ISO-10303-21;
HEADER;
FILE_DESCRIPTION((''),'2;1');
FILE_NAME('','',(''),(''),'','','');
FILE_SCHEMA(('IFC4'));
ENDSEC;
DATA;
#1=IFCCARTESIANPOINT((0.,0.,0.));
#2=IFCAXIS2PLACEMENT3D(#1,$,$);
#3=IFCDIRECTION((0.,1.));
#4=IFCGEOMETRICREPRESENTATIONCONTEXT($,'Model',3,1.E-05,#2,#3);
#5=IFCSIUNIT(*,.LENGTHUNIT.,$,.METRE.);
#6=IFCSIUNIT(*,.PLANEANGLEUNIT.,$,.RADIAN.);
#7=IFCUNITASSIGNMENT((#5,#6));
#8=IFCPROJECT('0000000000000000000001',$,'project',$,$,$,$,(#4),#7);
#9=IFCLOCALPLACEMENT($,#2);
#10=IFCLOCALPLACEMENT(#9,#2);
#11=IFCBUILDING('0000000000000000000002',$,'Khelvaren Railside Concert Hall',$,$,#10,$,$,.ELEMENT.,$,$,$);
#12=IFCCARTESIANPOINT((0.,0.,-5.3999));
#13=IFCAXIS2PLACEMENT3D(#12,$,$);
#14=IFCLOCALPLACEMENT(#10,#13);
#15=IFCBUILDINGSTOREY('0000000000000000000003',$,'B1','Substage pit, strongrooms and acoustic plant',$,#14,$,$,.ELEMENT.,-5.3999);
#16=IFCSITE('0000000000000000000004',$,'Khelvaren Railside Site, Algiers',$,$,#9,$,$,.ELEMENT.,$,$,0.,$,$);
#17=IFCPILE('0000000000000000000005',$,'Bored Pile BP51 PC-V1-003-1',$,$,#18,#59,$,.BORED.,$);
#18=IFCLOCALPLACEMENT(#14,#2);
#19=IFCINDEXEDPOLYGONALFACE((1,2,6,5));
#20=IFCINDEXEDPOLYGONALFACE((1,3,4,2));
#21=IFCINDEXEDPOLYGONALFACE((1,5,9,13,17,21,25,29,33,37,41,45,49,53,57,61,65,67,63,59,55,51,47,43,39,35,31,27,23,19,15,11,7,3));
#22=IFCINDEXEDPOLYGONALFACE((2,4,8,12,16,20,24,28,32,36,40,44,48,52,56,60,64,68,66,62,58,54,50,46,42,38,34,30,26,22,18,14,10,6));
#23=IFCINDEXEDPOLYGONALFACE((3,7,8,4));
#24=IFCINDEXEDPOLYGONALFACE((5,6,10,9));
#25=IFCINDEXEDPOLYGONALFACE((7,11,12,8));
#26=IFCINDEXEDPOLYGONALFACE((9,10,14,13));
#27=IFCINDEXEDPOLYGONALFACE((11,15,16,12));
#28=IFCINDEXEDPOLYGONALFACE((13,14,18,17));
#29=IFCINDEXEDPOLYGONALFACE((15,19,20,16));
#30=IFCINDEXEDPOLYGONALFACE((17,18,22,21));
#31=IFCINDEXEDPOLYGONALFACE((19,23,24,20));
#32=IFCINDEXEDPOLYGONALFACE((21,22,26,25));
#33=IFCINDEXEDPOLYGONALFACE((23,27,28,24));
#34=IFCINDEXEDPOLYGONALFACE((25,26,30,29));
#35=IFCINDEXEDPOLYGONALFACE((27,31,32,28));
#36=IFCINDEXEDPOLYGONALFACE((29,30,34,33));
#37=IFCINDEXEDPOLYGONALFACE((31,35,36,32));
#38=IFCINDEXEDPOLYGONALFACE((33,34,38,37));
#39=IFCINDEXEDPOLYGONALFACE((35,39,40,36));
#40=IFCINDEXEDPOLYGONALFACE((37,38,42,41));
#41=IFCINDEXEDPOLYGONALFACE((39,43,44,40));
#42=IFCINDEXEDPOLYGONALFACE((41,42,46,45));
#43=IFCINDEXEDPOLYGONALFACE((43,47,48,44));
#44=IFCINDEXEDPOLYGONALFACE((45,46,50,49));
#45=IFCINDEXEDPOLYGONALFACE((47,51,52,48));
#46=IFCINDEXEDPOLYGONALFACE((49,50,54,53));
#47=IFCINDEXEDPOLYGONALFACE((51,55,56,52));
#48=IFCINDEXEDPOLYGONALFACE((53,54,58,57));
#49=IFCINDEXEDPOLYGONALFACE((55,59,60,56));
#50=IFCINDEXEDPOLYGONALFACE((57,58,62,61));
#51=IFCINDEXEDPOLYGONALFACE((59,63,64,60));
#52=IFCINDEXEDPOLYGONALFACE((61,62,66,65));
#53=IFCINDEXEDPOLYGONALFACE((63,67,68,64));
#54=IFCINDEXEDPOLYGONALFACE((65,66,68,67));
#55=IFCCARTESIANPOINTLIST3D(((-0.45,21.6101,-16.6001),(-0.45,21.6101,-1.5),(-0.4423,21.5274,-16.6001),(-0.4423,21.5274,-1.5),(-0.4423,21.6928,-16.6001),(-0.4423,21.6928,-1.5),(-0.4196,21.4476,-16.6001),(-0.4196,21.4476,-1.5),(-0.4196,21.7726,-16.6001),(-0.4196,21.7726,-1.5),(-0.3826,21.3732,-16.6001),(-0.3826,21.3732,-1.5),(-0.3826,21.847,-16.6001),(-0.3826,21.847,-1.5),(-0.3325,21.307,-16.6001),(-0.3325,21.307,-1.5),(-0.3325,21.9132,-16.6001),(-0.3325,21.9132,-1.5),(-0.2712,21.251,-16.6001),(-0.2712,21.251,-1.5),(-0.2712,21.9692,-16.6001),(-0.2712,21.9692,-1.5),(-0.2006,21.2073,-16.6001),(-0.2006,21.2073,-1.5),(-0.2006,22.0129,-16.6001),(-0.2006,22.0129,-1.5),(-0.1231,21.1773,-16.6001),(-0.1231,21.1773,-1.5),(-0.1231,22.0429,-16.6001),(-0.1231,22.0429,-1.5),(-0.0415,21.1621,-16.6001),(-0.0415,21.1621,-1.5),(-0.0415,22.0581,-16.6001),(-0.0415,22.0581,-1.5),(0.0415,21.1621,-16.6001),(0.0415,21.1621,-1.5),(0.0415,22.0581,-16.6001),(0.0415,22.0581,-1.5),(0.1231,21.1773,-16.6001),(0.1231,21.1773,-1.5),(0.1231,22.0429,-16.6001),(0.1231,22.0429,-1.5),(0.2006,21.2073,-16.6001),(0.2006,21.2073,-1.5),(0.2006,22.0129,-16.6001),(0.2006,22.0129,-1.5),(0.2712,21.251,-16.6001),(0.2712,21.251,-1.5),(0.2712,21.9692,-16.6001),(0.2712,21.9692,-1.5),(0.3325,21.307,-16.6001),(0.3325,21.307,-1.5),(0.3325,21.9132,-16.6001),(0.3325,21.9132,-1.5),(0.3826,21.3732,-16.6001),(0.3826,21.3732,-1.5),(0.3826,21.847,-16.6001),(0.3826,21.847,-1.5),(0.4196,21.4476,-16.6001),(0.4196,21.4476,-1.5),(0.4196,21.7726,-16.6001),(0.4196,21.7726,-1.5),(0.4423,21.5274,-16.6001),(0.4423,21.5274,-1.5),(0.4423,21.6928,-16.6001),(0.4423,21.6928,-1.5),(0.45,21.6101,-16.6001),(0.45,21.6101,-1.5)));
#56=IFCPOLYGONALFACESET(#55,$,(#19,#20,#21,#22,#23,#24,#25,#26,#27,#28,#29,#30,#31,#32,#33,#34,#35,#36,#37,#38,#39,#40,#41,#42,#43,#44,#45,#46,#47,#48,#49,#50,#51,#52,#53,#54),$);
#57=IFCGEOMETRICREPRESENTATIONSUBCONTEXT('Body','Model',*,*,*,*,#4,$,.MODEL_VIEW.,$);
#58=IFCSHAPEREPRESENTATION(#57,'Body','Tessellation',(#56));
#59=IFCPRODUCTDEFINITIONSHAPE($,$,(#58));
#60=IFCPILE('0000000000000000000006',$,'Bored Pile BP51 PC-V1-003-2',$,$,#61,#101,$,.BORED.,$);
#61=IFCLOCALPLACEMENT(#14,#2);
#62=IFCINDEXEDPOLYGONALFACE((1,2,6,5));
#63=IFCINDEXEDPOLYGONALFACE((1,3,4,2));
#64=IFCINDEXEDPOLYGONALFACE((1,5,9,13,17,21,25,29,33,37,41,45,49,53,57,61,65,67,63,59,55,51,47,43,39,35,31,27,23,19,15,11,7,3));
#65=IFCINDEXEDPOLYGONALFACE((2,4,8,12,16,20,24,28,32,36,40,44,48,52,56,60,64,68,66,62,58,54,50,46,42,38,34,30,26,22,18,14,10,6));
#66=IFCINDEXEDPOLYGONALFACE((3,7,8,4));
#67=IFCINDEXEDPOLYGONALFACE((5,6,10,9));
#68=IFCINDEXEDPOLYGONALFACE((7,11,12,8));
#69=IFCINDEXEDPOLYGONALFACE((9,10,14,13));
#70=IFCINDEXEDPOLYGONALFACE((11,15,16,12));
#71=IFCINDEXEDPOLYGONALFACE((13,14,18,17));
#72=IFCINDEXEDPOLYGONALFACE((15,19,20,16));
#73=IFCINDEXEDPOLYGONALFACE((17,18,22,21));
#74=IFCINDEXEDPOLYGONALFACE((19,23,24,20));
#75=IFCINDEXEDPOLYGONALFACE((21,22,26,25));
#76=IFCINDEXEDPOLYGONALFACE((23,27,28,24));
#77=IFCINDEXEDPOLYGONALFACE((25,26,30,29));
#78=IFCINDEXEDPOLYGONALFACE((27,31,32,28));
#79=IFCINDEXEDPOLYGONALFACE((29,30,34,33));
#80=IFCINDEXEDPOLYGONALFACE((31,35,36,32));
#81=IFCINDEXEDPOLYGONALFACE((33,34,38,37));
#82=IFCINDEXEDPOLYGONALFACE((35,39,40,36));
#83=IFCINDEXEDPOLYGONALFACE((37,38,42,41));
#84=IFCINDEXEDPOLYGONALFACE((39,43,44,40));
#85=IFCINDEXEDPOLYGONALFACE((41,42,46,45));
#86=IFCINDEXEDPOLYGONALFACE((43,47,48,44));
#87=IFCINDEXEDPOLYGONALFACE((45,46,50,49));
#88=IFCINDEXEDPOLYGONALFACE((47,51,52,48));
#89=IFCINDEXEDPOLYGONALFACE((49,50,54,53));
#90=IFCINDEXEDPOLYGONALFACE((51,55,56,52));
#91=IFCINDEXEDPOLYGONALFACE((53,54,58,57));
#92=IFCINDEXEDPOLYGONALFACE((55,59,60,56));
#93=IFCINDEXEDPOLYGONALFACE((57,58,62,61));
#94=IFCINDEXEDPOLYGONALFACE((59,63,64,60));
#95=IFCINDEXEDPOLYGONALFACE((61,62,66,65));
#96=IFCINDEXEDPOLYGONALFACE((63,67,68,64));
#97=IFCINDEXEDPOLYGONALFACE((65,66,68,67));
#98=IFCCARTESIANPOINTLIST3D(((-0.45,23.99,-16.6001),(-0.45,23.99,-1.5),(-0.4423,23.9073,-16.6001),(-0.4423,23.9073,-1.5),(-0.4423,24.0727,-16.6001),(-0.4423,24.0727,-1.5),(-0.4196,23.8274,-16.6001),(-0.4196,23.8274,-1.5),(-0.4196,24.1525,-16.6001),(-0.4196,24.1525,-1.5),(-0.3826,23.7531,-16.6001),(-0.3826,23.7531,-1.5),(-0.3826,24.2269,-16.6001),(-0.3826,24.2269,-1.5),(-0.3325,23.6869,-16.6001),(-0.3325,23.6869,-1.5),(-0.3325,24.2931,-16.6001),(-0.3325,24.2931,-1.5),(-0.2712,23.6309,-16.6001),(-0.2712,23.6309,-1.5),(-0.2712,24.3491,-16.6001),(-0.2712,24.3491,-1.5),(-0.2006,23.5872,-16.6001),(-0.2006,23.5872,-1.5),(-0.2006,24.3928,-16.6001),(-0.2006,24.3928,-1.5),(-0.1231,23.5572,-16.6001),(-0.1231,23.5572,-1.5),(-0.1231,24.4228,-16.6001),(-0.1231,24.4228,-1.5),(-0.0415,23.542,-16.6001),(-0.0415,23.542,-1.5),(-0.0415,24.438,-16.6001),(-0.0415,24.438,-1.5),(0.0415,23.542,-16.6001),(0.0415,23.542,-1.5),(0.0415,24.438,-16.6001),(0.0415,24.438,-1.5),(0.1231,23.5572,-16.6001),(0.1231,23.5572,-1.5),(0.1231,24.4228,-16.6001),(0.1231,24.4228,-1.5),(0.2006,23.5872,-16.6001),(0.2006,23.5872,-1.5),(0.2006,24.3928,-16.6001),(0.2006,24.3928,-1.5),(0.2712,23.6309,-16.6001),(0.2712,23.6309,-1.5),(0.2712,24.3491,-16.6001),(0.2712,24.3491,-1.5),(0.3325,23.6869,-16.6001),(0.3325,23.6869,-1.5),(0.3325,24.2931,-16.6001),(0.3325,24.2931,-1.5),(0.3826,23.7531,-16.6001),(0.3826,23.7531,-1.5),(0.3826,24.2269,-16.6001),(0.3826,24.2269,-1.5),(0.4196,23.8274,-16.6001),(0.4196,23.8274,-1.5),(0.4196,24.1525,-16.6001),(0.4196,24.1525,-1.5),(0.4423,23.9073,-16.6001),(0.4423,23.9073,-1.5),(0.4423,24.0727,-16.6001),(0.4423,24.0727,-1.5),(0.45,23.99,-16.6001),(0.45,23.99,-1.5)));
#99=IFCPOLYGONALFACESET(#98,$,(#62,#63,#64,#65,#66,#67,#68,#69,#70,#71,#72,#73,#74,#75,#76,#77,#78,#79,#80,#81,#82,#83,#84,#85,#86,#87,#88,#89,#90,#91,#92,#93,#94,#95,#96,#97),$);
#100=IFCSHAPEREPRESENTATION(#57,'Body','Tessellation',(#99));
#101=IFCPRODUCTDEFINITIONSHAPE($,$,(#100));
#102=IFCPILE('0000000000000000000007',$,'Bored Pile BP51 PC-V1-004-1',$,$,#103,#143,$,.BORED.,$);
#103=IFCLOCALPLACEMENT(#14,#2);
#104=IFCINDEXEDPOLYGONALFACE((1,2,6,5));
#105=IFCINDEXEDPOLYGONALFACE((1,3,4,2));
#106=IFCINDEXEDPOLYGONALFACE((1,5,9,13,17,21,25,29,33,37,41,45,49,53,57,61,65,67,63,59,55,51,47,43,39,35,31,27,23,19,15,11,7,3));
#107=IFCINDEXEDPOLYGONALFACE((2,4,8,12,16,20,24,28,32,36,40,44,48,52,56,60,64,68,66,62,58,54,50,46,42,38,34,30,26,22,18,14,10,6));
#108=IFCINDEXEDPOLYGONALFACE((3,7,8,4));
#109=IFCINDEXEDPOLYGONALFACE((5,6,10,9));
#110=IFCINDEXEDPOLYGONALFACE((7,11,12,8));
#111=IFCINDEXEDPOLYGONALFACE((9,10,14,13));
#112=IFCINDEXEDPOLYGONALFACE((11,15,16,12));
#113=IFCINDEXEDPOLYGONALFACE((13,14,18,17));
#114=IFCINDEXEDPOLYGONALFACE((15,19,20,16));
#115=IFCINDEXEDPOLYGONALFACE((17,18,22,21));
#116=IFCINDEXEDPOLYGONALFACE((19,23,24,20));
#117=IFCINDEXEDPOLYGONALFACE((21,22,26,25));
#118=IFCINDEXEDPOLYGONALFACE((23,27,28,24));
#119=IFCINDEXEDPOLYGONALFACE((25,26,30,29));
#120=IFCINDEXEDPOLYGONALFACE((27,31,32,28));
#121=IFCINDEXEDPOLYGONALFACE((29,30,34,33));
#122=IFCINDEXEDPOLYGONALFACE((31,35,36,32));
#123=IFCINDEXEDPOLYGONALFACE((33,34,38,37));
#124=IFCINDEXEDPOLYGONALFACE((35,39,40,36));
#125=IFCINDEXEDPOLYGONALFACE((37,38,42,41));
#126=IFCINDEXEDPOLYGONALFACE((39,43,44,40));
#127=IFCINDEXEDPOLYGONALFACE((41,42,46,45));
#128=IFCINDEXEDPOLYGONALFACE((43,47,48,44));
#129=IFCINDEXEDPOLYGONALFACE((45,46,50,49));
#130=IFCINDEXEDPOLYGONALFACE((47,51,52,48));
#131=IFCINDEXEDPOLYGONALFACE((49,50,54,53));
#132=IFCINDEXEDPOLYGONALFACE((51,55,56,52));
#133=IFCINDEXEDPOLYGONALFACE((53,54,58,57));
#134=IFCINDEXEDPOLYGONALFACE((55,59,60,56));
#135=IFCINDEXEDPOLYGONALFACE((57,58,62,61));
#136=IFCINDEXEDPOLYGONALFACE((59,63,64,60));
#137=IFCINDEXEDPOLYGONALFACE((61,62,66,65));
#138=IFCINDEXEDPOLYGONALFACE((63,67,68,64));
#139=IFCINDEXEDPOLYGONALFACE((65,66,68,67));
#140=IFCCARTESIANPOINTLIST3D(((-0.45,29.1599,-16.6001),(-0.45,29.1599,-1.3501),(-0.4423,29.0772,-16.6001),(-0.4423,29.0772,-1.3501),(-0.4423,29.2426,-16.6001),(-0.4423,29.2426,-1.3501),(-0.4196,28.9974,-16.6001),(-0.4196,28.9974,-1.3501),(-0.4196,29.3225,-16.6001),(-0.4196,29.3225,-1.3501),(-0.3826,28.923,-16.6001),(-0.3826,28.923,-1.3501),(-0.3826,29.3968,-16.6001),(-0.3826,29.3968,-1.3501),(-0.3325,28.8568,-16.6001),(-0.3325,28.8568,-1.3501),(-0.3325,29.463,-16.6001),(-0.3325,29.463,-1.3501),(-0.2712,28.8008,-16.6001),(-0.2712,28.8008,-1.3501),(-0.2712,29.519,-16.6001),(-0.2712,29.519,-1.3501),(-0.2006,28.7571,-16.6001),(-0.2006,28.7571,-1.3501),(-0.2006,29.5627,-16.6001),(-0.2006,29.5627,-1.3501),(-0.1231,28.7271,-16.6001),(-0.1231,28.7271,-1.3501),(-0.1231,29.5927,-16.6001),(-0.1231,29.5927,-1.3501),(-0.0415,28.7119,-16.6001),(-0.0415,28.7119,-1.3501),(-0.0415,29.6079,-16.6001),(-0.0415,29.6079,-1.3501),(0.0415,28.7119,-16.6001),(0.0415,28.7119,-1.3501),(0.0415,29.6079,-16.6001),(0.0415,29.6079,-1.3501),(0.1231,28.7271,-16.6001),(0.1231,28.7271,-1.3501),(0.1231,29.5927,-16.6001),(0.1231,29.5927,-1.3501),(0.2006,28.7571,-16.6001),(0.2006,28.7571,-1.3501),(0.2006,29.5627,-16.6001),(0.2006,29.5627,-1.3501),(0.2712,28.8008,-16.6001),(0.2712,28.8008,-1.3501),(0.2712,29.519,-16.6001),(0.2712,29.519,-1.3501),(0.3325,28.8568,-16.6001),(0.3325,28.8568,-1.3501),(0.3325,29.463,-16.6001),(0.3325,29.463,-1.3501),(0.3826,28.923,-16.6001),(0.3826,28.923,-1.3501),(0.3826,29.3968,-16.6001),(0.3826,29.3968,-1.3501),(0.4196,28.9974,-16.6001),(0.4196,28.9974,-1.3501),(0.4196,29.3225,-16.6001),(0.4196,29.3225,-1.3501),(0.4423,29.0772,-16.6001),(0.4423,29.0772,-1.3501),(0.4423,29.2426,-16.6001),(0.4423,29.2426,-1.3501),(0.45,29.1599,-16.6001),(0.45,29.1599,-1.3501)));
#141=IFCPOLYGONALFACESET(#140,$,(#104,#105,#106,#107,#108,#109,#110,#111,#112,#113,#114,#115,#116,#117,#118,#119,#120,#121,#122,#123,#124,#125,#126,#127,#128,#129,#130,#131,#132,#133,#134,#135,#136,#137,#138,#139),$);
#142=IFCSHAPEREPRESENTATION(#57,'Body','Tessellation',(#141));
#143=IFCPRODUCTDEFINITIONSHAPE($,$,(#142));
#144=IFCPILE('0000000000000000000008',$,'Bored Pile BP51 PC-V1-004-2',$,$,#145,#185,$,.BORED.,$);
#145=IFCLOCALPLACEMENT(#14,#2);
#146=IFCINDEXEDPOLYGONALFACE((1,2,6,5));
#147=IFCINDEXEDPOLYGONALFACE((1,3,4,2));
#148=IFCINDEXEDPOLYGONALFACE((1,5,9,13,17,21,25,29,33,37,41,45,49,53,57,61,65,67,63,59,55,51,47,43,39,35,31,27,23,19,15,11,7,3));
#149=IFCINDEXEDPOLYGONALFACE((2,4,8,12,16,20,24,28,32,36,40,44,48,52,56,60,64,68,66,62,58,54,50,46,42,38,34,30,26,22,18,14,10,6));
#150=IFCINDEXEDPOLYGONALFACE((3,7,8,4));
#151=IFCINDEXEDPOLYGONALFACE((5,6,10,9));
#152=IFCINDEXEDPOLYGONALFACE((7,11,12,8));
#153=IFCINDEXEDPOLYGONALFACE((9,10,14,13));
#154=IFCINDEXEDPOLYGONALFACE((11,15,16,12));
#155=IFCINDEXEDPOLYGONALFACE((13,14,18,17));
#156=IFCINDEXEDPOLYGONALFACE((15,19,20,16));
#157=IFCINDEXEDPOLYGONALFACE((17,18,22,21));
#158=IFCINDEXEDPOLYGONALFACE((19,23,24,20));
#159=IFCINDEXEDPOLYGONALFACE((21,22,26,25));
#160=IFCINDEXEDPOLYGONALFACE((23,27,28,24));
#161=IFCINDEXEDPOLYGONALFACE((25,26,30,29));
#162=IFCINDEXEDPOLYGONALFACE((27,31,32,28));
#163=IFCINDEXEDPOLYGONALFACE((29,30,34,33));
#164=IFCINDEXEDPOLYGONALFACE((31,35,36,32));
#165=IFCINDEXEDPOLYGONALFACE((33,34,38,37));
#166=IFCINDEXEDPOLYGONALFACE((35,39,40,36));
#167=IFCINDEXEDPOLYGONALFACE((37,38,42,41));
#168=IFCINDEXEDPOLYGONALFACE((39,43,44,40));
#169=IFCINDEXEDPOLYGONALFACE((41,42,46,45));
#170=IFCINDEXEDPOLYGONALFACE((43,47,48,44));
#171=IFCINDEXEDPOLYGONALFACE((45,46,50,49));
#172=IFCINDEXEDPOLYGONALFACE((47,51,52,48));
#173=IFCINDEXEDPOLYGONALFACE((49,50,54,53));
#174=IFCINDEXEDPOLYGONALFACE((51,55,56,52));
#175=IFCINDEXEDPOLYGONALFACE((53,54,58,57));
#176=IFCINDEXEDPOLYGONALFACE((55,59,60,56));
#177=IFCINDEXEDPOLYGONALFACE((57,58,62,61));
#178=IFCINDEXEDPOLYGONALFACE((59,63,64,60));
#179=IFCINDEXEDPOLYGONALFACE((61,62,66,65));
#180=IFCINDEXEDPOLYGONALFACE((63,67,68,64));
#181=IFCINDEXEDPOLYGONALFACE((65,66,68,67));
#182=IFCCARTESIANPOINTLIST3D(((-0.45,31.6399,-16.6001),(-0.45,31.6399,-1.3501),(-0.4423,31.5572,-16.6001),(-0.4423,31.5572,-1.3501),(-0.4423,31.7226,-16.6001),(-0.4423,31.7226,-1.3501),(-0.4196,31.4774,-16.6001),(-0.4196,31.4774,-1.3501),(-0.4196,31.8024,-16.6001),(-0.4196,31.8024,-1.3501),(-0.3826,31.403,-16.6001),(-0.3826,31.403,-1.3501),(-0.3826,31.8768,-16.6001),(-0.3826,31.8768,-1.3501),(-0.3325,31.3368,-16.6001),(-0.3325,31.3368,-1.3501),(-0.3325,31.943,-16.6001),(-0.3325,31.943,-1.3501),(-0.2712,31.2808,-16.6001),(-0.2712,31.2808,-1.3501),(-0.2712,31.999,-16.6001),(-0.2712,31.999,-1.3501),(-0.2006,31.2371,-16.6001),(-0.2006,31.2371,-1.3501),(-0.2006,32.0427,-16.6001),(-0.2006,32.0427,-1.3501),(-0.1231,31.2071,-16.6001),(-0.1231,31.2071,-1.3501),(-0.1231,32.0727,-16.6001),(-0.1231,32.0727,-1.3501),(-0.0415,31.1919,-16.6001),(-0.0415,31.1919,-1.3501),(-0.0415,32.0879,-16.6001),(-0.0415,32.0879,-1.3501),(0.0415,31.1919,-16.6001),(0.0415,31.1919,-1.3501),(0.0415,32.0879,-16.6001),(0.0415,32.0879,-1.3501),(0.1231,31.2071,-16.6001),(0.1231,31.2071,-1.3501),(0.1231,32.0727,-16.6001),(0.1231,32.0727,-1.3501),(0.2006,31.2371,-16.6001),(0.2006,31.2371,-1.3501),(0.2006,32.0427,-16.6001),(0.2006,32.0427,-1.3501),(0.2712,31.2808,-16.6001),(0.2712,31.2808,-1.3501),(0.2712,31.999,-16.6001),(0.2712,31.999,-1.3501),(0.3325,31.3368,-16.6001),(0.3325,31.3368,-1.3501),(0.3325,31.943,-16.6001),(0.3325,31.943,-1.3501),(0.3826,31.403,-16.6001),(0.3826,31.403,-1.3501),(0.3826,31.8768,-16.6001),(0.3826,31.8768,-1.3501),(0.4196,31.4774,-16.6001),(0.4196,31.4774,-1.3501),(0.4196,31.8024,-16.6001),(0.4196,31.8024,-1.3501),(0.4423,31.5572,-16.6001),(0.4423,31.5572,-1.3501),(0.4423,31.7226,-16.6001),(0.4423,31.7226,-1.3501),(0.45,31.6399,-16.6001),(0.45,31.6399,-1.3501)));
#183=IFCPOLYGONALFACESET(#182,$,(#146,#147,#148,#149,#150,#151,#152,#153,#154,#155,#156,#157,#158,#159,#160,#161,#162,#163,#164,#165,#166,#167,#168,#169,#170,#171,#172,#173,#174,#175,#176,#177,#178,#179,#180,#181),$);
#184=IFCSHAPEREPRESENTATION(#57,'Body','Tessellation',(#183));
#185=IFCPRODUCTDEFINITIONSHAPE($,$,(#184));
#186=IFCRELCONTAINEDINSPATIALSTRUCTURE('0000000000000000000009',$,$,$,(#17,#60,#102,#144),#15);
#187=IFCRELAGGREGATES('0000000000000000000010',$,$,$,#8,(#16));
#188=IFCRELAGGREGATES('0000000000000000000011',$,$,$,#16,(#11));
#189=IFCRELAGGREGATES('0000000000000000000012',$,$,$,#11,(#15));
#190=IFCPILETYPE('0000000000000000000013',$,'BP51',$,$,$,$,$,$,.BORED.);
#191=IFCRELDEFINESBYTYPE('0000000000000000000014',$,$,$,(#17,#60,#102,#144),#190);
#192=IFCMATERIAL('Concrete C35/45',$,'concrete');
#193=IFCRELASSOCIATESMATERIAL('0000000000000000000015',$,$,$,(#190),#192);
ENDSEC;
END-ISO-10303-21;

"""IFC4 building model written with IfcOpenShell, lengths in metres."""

from ifc_helpers import new_model, si_unit, direction, frame, origin, origin_2d, place, context, subcontext, project, spatial, circle, extrude, material, material_profile, profile_set, type_object, element, save


model = new_model("IFC4")

# Units and contexts
model_context = context("Model", 3, precision=1e-05, world=origin(), true_north=direction((0.0, 1.0)))
body_context = subcontext(model_context, "Body", "Model", "MODEL_VIEW")
ifc_project = project(units=[si_unit("LENGTHUNIT", "METRE"), si_unit("PLANEANGLEUNIT", "RADIAN")], contexts=[model_context])

# Site, building, storey
site_placement = place(None, origin())
site = spatial("IfcSite", under=ifc_project, at=site_placement, Name="Khelvaren Railside Site, Algiers", CompositionType="ELEMENT", RefElevation=0.0)
building_placement = place(site_placement, origin())
building = spatial("IfcBuilding", under=site, at=building_placement, Name="Khelvaren Railside Concert Hall", CompositionType="ELEMENT")
storey_placement = place(building_placement, frame((0.0, 0.0, -5.3999)))
storey = spatial("IfcBuildingStorey", under=building, at=storey_placement, Name="B1", Description="Substage pit, strongrooms and acoustic plant", CompositionType="ELEMENT", Elevation=-5.3999)

# Piles
ifc_material_1 = material(Name="Concrete C35/45", Category="concrete")
ifc_material_profile_1 = material_profile(ifc_material_1, circle(Radius=0.45, at=origin_2d()), Name="BP D900")
ifc_profile_set_1 = profile_set([ifc_material_profile_1], Name="Concrete C35/45")
pile_type = type_object("IfcPileType", Name="BP51", PredefinedType="BORED", material=ifc_profile_set_1)
for number, where, z_axis, x_axis, name in (
    (1, (0.0, 21.6101, -1.5), (0.0, 0.0, -1.0), (1.0, 0.0, 0.0), "Bored Pile BP51 PC-V1-003-1"),
    (2, (0.0, 23.99, -1.5), (0.0, 0.0, -1.0), (1.0, 0.0, 0.0), "Bored Pile BP51 PC-V1-003-2"),
):
    element("IfcPile", number, at=place(storey_placement, frame(where, z_axis=z_axis, x_axis=x_axis)), inside=storey, type_object=pile_type, Name=name, PredefinedType="BORED", context=body_context, shape_type="SweptSolid", body=[
        extrude(circle(Radius=0.45, at=origin_2d()), origin(), (0.0, 0.0, 1.0), 15.1001),
    ])
for number, where, z_axis, x_axis, name in (
    (3, (0.0, 29.1599, -1.3501), (0.0, 0.0, -1.0), (1.0, 0.0, 0.0), "Bored Pile BP51 PC-V1-004-1"),
    (4, (0.0, 31.6399, -1.3501), (0.0, 0.0, -1.0), (1.0, 0.0, 0.0), "Bored Pile BP51 PC-V1-004-2"),
):
    element("IfcPile", number, at=place(storey_placement, frame(where, z_axis=z_axis, x_axis=x_axis)), inside=storey, type_object=pile_type, Name=name, PredefinedType="BORED", context=body_context, shape_type="SweptSolid", body=[
        extrude(circle(Radius=0.45, at=origin_2d()), origin(), (0.0, 0.0, 1.0), 15.25),
    ])

save(model, "model.ifc")
